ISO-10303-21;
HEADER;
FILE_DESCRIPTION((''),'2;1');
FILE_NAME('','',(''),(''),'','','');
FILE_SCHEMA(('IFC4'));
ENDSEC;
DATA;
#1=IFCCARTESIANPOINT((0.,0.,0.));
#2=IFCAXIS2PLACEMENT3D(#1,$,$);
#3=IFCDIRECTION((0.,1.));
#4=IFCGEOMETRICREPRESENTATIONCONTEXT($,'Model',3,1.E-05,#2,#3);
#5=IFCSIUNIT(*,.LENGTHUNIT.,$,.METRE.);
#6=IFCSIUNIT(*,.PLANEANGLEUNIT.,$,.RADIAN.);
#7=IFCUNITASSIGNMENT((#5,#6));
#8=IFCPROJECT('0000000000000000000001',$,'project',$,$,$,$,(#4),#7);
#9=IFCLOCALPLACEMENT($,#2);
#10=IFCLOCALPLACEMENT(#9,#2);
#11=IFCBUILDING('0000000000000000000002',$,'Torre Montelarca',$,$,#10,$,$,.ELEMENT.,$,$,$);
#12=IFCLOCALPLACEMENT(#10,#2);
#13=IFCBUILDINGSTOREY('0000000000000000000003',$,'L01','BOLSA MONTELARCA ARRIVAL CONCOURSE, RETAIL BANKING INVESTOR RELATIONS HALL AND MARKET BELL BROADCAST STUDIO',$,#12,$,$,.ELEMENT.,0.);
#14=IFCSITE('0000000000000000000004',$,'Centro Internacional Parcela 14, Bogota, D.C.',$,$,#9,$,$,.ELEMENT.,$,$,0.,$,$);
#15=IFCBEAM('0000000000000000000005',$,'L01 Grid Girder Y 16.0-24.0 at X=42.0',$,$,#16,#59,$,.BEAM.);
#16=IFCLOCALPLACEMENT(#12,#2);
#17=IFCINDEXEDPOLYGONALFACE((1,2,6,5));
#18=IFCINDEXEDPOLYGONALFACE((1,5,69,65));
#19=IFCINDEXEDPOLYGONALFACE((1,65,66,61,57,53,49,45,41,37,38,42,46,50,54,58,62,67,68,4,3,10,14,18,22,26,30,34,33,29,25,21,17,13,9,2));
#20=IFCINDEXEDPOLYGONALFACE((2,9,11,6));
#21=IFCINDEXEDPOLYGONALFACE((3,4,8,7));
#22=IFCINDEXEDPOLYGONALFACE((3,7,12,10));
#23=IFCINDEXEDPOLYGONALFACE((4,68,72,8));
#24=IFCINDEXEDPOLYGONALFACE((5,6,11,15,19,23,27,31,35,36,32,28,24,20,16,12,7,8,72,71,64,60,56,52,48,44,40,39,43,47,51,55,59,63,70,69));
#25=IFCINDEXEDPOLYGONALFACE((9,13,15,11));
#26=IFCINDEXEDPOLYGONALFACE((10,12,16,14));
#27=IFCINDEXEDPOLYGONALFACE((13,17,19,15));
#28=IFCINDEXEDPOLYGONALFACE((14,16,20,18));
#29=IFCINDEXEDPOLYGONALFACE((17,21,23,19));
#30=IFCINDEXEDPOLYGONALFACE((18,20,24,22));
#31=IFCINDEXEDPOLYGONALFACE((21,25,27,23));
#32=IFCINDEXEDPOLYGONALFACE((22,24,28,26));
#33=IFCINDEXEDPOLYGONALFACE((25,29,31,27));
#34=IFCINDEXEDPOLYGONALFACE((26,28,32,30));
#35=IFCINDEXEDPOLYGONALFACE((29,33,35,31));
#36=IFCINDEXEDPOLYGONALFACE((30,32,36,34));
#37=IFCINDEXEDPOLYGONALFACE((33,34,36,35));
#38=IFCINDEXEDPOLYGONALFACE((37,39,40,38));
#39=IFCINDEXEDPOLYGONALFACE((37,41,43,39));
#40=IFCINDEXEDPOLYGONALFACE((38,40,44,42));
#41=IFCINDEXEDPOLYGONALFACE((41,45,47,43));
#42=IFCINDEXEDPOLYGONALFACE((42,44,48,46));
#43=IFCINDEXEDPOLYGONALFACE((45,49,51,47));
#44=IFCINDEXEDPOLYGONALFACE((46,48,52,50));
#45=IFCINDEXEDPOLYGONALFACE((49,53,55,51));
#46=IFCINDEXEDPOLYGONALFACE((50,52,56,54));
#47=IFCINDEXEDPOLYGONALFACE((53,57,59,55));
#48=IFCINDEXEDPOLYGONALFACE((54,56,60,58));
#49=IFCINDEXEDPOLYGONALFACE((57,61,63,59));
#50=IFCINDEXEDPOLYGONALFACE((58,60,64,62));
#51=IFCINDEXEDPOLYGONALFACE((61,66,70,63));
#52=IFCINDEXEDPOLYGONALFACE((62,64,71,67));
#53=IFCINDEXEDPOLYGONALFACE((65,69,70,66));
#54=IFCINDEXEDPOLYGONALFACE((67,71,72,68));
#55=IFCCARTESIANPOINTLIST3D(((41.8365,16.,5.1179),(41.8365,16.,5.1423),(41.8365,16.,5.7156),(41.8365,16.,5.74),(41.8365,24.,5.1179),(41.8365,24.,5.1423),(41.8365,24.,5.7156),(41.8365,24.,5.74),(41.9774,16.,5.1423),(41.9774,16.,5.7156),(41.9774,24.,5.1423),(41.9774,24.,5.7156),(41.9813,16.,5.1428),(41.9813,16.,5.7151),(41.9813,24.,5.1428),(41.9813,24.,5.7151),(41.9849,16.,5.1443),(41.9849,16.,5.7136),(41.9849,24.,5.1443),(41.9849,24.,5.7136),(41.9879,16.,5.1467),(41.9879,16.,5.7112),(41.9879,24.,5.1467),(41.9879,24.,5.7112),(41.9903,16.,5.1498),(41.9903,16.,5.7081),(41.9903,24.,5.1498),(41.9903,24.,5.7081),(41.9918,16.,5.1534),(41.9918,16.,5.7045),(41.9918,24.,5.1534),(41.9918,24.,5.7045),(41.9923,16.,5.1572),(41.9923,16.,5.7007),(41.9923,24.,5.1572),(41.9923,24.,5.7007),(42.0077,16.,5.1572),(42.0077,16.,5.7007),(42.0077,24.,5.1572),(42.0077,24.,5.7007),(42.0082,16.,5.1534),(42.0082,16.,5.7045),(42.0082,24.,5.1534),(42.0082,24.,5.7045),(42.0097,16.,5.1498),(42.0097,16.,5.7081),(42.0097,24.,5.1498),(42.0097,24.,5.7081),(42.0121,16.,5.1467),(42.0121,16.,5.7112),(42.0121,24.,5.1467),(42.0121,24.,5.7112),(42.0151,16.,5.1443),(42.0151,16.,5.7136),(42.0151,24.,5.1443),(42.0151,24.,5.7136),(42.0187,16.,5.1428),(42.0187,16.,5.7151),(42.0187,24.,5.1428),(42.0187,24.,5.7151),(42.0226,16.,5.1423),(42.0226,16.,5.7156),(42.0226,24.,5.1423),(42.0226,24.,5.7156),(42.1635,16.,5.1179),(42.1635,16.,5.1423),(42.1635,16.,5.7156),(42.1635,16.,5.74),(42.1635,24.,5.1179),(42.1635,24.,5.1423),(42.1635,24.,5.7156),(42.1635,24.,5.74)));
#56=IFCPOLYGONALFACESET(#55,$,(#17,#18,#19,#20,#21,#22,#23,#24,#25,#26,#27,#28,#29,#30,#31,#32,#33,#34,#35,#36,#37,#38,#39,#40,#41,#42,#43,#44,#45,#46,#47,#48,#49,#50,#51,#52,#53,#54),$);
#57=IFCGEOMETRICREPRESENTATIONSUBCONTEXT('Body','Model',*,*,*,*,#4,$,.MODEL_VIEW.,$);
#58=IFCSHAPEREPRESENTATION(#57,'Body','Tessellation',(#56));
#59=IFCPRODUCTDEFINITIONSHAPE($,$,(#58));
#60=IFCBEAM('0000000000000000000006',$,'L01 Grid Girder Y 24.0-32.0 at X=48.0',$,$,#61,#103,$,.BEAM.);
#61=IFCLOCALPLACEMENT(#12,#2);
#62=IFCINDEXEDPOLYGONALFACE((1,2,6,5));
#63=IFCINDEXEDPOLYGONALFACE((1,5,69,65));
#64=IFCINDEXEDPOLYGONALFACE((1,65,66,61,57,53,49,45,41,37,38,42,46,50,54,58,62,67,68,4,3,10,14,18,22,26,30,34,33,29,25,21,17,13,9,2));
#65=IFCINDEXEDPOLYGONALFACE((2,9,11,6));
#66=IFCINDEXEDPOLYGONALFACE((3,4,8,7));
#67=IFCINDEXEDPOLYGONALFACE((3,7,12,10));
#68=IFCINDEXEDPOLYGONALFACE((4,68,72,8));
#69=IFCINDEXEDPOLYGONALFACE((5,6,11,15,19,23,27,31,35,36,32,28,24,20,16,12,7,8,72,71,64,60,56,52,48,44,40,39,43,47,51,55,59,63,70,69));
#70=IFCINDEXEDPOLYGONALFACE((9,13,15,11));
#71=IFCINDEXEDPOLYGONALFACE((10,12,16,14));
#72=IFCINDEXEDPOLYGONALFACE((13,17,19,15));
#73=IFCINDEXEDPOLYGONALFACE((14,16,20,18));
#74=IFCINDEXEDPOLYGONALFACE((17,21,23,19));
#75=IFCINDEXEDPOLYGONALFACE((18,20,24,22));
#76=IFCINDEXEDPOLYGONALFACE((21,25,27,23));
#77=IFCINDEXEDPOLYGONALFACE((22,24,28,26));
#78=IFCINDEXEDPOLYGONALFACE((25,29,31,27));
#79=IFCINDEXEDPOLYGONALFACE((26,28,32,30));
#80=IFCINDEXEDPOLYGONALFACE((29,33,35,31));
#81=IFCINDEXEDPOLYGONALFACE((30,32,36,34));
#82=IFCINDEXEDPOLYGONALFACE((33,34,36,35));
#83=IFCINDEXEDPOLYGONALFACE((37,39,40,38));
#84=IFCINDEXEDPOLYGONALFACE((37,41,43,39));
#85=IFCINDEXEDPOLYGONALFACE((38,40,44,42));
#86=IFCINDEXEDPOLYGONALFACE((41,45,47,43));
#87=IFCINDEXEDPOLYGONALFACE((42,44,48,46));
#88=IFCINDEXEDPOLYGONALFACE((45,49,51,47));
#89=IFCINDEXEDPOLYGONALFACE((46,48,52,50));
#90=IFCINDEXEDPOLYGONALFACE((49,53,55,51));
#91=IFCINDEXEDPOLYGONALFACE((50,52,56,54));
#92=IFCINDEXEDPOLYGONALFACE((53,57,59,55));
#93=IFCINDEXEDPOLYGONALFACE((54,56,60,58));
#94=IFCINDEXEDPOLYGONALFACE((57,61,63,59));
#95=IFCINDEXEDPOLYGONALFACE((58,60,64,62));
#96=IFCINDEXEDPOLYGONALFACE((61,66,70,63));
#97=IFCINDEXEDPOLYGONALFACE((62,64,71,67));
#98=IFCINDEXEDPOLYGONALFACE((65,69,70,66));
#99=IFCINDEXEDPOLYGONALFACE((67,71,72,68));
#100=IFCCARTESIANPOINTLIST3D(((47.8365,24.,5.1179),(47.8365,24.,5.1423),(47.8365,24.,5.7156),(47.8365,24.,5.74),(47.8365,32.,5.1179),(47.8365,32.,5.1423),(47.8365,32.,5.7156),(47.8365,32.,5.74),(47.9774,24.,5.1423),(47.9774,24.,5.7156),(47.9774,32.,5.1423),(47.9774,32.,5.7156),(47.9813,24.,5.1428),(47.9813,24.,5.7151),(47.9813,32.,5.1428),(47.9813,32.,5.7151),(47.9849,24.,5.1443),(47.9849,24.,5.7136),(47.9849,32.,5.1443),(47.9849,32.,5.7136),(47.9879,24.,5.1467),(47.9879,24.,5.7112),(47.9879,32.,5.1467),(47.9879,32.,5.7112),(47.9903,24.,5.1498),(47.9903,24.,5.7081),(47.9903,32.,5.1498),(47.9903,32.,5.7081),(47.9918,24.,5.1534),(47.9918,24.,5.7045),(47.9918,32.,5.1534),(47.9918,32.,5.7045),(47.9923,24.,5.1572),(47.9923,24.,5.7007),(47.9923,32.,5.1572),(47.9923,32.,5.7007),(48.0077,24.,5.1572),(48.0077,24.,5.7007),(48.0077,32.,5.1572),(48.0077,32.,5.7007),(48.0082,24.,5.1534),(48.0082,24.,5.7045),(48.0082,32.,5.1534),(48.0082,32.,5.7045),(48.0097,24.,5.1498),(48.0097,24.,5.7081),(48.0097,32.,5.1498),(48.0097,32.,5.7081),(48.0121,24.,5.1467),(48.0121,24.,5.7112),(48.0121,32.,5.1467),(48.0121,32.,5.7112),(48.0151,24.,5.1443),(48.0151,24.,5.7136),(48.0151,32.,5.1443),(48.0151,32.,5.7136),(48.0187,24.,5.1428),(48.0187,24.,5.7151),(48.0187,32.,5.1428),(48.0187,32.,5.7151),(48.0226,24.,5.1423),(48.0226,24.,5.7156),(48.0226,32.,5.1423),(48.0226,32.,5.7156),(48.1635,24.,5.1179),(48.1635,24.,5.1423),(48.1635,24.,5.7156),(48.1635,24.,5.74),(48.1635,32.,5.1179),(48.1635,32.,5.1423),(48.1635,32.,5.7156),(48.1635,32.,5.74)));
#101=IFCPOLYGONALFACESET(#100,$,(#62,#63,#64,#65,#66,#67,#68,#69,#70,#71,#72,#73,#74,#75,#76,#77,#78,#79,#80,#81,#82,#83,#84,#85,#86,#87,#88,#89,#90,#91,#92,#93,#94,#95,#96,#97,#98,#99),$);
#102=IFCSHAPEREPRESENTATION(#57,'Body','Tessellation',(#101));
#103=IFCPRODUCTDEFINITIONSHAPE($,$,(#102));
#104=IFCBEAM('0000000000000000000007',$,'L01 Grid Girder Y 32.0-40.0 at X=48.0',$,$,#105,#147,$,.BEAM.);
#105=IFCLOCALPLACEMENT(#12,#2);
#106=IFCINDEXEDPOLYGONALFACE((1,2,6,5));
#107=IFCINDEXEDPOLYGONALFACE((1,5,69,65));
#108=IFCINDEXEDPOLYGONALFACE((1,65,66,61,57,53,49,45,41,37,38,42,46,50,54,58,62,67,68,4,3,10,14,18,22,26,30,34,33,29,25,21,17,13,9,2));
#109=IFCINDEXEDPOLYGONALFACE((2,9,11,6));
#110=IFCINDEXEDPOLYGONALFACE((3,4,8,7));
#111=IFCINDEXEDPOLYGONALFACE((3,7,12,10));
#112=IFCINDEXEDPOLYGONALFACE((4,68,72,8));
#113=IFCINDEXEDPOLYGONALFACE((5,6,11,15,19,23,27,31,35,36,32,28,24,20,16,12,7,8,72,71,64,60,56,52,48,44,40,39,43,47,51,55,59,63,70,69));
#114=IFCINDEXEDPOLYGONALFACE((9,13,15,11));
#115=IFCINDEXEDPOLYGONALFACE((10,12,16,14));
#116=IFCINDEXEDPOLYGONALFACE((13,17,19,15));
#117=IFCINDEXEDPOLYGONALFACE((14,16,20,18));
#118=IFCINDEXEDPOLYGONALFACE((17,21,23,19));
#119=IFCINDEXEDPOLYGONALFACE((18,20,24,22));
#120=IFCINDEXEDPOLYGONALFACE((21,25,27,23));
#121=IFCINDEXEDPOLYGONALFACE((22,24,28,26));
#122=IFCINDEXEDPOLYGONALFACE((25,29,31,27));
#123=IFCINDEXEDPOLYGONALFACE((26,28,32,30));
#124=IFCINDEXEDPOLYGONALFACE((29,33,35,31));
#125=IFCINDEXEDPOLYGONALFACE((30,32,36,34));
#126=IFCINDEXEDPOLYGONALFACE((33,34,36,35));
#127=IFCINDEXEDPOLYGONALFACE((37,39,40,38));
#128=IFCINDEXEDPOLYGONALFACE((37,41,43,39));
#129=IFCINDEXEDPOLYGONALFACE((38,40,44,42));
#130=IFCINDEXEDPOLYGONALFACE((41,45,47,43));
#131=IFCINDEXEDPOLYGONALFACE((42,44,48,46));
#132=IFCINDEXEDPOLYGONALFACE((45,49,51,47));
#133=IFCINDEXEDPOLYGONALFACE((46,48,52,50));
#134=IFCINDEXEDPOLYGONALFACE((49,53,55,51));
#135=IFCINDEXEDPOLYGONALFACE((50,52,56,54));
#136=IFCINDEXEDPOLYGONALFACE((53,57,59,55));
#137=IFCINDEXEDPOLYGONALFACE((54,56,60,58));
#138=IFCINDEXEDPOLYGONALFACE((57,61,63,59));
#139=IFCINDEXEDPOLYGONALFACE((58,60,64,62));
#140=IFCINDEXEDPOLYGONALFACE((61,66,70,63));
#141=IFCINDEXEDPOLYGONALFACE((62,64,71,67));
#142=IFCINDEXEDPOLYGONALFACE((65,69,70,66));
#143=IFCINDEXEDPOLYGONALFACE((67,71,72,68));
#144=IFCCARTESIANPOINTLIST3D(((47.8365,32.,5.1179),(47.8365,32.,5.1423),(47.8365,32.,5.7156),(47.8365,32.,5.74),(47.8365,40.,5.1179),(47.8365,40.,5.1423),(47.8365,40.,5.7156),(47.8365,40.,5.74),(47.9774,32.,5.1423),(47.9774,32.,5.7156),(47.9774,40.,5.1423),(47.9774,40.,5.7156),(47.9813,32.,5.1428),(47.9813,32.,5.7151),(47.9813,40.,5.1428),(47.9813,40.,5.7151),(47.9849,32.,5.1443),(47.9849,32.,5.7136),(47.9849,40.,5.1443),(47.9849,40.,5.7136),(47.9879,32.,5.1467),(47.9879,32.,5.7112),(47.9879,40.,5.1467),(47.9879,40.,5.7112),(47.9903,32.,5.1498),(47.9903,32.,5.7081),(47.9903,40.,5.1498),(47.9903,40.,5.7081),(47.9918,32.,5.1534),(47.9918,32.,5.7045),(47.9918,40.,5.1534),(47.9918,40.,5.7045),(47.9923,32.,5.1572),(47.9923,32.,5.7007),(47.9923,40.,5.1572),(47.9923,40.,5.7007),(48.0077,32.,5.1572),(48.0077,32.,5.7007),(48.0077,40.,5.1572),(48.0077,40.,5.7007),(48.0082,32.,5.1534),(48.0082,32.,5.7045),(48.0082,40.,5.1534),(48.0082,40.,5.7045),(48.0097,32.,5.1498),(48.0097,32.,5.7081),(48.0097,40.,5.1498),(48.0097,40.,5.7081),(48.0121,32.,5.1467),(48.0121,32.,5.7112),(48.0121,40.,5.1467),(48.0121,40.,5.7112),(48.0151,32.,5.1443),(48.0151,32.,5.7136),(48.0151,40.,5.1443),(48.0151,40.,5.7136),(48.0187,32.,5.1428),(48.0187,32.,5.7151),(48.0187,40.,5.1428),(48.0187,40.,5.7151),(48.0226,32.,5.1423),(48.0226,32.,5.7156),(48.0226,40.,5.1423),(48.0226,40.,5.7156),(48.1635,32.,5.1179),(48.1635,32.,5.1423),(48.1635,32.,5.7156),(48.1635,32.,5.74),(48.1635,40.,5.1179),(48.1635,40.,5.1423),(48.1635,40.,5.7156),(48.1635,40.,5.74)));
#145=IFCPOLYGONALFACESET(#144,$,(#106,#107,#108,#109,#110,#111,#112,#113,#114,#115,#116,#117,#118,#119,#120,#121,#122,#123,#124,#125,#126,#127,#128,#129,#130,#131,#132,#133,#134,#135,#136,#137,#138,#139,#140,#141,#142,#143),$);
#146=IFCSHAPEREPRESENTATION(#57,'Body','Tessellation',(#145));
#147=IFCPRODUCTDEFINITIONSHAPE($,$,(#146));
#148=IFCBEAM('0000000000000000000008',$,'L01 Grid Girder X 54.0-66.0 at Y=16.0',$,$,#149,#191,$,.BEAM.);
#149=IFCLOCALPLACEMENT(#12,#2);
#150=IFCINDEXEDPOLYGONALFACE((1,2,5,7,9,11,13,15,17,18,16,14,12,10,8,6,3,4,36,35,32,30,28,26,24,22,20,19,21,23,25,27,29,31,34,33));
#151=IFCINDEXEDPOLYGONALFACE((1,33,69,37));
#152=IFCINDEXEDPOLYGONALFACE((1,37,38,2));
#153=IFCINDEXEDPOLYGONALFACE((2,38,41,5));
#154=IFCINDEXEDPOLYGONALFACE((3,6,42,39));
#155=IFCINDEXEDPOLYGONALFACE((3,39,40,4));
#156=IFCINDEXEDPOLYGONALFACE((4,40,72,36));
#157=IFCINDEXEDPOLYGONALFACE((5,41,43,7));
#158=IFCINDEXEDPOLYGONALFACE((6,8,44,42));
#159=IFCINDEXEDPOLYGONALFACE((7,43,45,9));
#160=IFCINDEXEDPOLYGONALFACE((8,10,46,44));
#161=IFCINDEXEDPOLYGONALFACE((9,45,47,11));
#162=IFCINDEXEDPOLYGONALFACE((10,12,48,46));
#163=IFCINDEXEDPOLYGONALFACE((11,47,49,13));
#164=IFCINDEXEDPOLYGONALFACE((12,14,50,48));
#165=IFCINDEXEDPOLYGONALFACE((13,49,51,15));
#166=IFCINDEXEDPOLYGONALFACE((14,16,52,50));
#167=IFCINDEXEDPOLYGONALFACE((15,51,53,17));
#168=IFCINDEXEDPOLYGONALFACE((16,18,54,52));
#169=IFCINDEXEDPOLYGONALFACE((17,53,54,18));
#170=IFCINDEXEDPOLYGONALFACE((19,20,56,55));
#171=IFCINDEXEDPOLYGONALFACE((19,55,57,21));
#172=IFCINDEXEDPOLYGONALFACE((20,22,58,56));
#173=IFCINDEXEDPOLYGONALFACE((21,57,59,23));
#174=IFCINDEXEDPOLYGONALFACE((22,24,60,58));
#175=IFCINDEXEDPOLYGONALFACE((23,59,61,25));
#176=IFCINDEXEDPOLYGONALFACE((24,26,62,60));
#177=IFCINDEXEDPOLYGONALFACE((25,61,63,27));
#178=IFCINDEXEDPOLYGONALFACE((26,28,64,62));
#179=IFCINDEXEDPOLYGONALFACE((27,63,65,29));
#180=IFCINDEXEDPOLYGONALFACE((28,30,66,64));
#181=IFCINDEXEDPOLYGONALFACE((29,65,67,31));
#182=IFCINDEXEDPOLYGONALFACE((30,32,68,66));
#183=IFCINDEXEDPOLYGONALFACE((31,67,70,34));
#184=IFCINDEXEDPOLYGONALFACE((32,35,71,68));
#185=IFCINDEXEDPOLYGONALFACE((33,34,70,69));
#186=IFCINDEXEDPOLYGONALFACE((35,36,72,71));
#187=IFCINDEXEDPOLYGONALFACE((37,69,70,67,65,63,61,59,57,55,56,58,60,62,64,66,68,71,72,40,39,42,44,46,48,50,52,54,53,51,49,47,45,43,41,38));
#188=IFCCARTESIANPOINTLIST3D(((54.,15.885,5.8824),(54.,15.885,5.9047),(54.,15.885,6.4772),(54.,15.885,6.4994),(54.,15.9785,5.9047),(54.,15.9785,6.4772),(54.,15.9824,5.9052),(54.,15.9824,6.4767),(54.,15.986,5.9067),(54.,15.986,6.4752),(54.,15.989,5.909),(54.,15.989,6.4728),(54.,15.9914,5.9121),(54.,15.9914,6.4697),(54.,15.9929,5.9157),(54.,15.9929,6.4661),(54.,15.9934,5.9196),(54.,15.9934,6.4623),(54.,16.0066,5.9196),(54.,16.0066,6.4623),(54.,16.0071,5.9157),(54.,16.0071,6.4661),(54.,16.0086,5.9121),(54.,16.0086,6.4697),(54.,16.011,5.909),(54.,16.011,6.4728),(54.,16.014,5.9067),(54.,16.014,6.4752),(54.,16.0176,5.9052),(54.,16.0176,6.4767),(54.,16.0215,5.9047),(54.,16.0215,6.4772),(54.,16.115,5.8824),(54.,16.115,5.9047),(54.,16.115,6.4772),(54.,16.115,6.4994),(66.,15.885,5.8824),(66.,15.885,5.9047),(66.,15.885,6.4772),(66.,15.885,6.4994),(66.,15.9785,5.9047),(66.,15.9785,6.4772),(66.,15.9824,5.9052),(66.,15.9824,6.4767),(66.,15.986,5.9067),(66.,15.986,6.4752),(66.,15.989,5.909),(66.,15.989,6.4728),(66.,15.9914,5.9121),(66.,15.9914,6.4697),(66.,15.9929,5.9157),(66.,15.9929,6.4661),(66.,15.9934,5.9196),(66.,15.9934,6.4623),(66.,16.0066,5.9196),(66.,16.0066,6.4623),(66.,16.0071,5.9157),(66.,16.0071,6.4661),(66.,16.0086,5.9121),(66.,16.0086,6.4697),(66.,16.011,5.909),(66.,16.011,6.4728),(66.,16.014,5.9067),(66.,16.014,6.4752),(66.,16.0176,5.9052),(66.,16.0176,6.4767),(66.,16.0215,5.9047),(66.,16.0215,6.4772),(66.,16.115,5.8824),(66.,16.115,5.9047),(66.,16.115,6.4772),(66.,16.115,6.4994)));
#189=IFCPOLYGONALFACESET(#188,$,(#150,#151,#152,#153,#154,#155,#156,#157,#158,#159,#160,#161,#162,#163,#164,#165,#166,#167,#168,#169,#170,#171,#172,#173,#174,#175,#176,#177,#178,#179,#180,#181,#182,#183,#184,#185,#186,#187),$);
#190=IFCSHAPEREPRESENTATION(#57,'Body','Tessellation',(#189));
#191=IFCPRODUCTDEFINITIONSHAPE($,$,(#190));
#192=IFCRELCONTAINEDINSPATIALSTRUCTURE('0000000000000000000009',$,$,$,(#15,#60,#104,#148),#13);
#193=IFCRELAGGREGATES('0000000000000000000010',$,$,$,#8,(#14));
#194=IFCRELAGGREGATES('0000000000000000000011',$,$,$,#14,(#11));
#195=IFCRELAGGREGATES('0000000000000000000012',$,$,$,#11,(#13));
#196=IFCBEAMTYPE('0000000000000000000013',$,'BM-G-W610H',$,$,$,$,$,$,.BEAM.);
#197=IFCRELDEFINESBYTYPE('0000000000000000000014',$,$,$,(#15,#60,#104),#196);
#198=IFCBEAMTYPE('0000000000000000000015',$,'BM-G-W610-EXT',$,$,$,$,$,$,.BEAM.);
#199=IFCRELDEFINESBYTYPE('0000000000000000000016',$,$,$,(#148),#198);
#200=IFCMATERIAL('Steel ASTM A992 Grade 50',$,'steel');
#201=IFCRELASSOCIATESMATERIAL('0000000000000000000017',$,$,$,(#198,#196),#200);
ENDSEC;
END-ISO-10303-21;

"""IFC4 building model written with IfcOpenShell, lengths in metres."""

from ifc_helpers import new_model, si_unit, direction, frame, origin, origin_2d, place, context, subcontext, project, spatial, i_section, extrude, source, transform, mapped, material, material_profile, profile_set, type_object, element, save


model = new_model("IFC4")

# Units and contexts
model_context = context("Model", 3, precision=1e-05, world=origin(), true_north=direction((0.0, 1.0)))
body_context = subcontext(model_context, "Body", "Model", "MODEL_VIEW")
ifc_project = project(units=[si_unit("LENGTHUNIT", "METRE"), si_unit("PLANEANGLEUNIT", "RADIAN")], contexts=[model_context])

# Site, building, storey
site_placement = place(None, origin())
site = spatial("IfcSite", under=ifc_project, at=site_placement, Name="Centro Internacional Parcela 14, Bogota, D.C.", CompositionType="ELEMENT", RefElevation=0.0)
building_placement = place(site_placement, origin())
building = spatial("IfcBuilding", under=site, at=building_placement, Name="Torre Montelarca", CompositionType="ELEMENT")
storey_placement = place(building_placement, origin())
storey = spatial("IfcBuildingStorey", under=building, at=storey_placement, Name="L01", Description="BOLSA MONTELARCA ARRIVAL CONCOURSE, RETAIL BANKING INVESTOR RELATIONS HALL AND MARKET BELL BROADCAST STUDIO", CompositionType="ELEMENT", Elevation=0.0)

# Beams
ifc_material_1 = material(Name="Steel ASTM A992 Grade 50", Category="steel")
ifc_material_profile_1 = material_profile(ifc_material_1, i_section(OverallWidth=0.23, OverallDepth=0.6169, WebThickness=0.0132, FlangeThickness=0.0222, FilletRadius=0.0149, at=origin_2d()), Name="W610X140", Category="steel")
ifc_profile_set_1 = profile_set([ifc_material_profile_1], Name="Steel ASTM A992 Grade 50")
beam_type_1 = type_object("IfcBeamType", Name="BM-G-W610-EXT", PredefinedType="BEAM", material=ifc_profile_set_1)
ifc_material_profile_2 = material_profile(ifc_material_1, i_section(OverallWidth=0.3269, OverallDepth=0.6221, WebThickness=0.0154, FlangeThickness=0.0244, FilletRadius=0.0149, at=origin_2d()), Name="W610X195", Category="steel")
ifc_profile_set_2 = profile_set([ifc_material_profile_2], Name="Steel ASTM A992 Grade 50")
beam_type_2 = type_object("IfcBeamType", Name="BM-G-W610H", PredefinedType="BEAM", material=ifc_profile_set_2)
shared_shape_1 = source(origin(), body_context, "Body", "SweptSolid", [
    extrude(i_section(OverallWidth=0.3269, OverallDepth=0.6221, WebThickness=0.0154, FlangeThickness=0.0244, FilletRadius=0.0149, at=origin_2d()), origin(), (0.0, 0.0, 1.0), 8.0),
])
for number, where, z_axis, x_axis, name in (
    (1, (42.0, 16.0, 5.429), (0.0, 1.0, 0.0), (-1.0, 0.0, 0.0), "L01 Grid Girder Y 16.0-24.0 at X=42.0"),
    (2, (48.0, 24.0, 5.429), (0.0, 1.0, 0.0), (-1.0, 0.0, 0.0), "L01 Grid Girder Y 24.0-32.0 at X=48.0"),
    (3, (48.0, 32.0, 5.429), (0.0, 1.0, 0.0), (-1.0, 0.0, 0.0), "L01 Grid Girder Y 32.0-40.0 at X=48.0"),
):
    element("IfcBeam", number, at=place(storey_placement, frame(where, z_axis=z_axis, x_axis=x_axis)), inside=storey, type_object=beam_type_2, Name=name, PredefinedType="BEAM", context=body_context, shape_type="MappedRepresentation", body=[
        mapped(shared_shape_1, transform((0.0, 0.0, 0.0), scale=1.0)),
    ])
shared_shape_2 = source(origin(), body_context, "Body", "SweptSolid", [
    extrude(i_section(OverallWidth=0.23, OverallDepth=0.6169, WebThickness=0.0132, FlangeThickness=0.0222, FilletRadius=0.0149, at=origin_2d()), origin(), (0.0, 0.0, 1.0), 12.0),
])
beam_1_placement = place(storey_placement, frame((54.0, 16.0, 6.1909), z_axis=(1.0, 0.0, 0.0), x_axis=(0.0, 1.0, 0.0)))
element("IfcBeam", 4, at=beam_1_placement, inside=storey, type_object=beam_type_1, Name="L01 Grid Girder X 54.0-66.0 at Y=16.0", PredefinedType="BEAM", context=body_context, shape_type="MappedRepresentation", body=[
    mapped(shared_shape_2, transform((0.0, 0.0, 0.0), scale=1.0)),
])

save(model, "model.ifc")
